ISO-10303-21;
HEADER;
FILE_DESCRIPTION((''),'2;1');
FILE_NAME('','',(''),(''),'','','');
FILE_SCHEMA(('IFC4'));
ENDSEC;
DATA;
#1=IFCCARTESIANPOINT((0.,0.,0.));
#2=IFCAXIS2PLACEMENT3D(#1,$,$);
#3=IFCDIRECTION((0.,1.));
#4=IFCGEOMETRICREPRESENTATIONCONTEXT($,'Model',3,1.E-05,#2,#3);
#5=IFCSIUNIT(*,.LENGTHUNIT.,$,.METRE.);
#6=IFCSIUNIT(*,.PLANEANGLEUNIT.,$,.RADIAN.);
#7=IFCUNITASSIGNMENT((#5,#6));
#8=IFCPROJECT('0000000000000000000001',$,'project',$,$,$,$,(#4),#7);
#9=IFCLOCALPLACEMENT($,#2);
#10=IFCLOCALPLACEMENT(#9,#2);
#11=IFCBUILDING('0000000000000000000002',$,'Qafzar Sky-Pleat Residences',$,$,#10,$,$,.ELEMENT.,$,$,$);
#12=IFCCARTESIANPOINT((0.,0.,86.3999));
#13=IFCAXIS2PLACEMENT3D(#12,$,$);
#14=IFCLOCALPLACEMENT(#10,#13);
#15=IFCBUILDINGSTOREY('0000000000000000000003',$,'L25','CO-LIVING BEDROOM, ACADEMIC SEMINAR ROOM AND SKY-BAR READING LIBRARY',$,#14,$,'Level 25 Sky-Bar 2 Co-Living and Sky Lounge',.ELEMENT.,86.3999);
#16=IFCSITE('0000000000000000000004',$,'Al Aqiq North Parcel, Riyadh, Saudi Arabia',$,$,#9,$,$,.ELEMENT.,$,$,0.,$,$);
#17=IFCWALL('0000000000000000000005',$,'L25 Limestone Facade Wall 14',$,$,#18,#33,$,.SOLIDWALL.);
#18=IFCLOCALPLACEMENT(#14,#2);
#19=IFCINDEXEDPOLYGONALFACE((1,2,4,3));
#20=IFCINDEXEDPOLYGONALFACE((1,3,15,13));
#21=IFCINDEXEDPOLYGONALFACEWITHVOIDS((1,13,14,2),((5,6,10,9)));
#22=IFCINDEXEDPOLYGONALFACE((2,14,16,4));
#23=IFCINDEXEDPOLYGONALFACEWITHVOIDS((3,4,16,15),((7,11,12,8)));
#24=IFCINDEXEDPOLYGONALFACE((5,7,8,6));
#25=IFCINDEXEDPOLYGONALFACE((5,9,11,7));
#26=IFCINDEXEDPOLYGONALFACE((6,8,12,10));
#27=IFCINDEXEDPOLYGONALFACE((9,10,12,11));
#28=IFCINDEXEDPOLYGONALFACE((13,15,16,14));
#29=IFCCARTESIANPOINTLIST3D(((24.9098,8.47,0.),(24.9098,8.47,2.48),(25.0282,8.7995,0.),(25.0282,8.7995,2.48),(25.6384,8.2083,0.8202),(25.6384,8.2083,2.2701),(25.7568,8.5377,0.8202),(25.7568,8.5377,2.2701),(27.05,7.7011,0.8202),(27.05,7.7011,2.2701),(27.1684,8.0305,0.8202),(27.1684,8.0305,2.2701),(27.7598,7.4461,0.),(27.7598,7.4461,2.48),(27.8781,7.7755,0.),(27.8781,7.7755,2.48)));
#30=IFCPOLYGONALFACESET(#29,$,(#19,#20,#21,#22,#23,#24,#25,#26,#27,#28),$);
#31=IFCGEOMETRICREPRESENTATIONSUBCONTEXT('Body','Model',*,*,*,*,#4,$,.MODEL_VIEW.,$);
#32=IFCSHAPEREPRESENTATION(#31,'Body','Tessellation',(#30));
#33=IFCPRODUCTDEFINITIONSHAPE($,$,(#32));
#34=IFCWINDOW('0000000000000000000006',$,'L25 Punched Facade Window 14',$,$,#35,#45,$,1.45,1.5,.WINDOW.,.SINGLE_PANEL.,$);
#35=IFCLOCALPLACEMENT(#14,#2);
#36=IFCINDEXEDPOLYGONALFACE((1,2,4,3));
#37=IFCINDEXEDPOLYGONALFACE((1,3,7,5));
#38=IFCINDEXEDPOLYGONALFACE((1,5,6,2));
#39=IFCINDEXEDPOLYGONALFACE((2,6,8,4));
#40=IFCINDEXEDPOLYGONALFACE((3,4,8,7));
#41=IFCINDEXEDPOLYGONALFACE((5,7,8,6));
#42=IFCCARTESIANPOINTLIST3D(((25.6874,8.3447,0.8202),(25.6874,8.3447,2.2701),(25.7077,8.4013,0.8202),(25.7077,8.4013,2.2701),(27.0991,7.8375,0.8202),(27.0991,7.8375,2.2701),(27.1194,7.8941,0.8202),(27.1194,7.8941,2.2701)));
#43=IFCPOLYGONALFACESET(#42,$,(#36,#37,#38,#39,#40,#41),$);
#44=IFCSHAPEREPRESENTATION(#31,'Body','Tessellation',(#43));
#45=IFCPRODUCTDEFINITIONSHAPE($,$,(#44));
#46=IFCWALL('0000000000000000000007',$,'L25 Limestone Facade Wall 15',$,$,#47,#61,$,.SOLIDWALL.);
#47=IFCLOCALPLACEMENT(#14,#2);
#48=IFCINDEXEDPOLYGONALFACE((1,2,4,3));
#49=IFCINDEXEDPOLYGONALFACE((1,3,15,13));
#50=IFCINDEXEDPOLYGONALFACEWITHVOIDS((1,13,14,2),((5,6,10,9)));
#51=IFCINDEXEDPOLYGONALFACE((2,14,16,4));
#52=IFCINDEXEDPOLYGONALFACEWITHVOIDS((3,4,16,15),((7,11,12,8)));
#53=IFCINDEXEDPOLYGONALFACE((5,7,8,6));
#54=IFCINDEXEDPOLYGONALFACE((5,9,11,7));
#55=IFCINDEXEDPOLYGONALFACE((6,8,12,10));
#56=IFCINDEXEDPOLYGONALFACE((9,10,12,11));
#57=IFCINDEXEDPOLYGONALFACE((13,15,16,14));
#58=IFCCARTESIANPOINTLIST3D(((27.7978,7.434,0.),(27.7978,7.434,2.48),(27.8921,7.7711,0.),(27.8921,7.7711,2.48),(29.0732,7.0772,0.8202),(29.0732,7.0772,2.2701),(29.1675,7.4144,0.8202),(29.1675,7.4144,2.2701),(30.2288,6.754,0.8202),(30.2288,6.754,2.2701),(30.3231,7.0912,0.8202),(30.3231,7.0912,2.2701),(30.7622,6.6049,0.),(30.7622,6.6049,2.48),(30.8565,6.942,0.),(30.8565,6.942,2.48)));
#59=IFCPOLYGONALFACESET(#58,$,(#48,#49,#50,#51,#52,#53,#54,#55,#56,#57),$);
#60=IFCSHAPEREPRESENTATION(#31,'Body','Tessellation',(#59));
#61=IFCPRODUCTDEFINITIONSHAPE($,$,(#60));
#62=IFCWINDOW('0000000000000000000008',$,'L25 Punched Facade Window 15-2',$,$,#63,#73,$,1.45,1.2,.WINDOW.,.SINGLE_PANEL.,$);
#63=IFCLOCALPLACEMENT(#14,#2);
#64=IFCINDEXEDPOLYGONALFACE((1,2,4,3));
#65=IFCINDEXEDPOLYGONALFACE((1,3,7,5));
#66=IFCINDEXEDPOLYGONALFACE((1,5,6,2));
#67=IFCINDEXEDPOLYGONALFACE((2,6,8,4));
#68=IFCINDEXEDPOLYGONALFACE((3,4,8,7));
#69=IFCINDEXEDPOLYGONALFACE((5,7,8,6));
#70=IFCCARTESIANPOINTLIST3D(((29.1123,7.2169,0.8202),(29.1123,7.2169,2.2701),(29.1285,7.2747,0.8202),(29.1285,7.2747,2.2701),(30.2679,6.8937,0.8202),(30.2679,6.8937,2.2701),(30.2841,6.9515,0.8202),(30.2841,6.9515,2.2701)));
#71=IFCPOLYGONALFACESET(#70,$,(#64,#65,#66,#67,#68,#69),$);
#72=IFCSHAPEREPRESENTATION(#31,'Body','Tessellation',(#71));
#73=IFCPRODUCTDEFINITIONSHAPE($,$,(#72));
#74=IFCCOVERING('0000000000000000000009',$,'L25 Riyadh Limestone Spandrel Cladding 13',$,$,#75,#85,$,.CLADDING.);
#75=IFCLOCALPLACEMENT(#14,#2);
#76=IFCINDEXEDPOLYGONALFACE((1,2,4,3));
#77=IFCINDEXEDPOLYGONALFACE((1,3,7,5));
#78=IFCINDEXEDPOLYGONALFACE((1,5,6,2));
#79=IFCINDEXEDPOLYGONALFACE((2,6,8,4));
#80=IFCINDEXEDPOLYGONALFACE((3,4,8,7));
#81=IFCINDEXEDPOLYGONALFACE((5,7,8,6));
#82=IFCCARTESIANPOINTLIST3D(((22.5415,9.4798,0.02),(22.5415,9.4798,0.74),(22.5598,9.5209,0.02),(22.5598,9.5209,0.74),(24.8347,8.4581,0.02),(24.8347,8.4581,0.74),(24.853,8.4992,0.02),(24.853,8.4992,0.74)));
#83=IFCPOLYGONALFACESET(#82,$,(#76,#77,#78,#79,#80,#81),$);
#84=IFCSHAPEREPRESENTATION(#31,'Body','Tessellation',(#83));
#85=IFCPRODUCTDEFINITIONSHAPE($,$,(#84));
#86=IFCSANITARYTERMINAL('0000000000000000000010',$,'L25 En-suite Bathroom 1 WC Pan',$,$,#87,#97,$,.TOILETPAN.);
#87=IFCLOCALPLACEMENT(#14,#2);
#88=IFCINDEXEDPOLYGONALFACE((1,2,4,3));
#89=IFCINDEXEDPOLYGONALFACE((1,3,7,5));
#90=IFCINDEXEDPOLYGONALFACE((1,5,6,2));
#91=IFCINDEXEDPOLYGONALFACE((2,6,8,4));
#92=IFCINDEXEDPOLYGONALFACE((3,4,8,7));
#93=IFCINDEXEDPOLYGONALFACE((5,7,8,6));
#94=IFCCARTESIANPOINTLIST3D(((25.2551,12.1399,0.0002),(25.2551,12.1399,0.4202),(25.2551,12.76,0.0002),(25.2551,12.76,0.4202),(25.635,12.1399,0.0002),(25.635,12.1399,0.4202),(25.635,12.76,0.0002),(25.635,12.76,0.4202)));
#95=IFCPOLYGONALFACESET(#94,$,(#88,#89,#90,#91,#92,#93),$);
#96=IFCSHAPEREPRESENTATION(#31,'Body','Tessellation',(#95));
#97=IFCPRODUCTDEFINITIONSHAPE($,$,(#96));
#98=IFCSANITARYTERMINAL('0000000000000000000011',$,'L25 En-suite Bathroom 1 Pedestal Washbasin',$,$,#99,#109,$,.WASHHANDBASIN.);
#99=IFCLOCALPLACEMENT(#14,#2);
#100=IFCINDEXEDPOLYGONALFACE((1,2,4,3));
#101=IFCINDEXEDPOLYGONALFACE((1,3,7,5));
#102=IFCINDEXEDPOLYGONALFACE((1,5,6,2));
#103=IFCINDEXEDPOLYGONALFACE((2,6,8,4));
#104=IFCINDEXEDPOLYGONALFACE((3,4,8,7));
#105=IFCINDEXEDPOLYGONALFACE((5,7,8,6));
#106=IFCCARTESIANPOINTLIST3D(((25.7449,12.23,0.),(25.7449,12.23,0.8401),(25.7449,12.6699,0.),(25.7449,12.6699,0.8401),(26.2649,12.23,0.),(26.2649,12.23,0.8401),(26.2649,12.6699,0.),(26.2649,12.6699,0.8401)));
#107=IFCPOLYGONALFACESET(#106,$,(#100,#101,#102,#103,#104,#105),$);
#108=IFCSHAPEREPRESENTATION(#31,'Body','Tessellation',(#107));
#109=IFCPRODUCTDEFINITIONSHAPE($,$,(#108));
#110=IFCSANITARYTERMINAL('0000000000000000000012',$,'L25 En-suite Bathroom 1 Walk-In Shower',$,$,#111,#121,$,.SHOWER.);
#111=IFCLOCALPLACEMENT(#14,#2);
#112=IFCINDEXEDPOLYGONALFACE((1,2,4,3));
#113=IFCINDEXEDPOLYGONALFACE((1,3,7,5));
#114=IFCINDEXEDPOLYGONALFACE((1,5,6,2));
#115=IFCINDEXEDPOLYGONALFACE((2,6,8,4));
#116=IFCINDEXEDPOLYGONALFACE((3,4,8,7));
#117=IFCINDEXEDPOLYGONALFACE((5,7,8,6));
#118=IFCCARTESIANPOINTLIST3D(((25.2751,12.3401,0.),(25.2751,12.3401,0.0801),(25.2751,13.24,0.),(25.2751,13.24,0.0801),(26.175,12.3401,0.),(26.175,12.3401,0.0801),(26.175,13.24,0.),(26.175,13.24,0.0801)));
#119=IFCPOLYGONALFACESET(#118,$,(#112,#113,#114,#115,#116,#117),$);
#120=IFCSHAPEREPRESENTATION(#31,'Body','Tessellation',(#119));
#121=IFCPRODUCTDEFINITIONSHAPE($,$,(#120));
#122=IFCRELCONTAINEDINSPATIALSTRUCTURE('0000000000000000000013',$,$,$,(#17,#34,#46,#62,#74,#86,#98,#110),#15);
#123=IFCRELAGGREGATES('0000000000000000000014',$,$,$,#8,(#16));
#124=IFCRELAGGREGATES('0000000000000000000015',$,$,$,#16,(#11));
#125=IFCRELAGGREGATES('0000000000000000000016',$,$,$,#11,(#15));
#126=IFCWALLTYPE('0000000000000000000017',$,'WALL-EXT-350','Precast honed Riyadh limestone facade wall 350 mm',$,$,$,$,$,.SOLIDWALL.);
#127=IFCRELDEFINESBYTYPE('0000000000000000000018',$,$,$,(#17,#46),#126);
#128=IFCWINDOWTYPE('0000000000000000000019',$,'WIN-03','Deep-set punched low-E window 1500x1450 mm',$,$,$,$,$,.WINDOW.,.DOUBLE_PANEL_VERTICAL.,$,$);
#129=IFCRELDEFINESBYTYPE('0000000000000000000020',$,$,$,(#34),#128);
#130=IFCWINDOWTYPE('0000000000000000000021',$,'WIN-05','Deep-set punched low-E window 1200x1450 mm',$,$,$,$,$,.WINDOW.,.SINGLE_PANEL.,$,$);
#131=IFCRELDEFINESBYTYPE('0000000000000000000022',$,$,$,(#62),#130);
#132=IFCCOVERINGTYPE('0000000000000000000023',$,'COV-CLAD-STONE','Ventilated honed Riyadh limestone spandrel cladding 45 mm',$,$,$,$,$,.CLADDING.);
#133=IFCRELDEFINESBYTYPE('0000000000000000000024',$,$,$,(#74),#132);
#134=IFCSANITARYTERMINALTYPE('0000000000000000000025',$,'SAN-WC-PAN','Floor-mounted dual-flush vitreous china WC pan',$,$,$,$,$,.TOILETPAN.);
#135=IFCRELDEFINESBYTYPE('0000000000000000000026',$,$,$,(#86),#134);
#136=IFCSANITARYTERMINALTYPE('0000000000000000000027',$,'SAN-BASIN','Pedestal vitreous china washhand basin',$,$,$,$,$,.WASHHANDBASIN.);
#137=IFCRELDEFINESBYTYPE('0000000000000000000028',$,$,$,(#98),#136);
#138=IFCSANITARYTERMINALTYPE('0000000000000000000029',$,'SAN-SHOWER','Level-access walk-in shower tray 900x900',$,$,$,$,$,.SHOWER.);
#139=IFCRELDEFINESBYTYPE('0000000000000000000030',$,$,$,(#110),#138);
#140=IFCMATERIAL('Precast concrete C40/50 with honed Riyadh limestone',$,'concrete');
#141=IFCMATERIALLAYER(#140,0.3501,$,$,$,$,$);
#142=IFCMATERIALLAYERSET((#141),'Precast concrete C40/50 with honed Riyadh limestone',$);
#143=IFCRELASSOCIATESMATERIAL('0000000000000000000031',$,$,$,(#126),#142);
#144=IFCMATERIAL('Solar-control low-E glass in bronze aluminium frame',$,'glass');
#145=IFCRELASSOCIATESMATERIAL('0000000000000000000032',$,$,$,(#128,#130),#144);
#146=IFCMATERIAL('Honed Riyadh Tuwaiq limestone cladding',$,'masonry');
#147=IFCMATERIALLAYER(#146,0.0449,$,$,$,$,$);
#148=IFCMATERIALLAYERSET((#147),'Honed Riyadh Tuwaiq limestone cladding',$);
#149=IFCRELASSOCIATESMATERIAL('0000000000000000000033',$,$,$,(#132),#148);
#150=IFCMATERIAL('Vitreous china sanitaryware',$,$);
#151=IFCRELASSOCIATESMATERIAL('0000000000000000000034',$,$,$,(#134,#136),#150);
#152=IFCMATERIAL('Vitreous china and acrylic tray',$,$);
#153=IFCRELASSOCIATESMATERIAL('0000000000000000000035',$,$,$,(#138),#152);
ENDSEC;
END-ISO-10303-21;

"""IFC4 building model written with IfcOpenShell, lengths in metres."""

from ifc_helpers import new_model, si_unit, direction, frame, frame_2d, origin, origin_2d, place, context, subcontext, project, spatial, rectangle, extrude, source, transform, mapped, material, layer, layer_set, type_object, element, fill, save


model = new_model("IFC4")

# Units and contexts
model_context = context("Model", 3, precision=1e-05, world=origin(), true_north=direction((0.0, 1.0)))
body_context = subcontext(model_context, "Body", "Model", "MODEL_VIEW")
ifc_project = project(units=[si_unit("LENGTHUNIT", "METRE"), si_unit("PLANEANGLEUNIT", "RADIAN")], contexts=[model_context])

# Site, building, storey
site_placement = place(None, origin())
site = spatial("IfcSite", under=ifc_project, at=site_placement, Name="Al Aqiq North Parcel, Riyadh, Saudi Arabia", CompositionType="ELEMENT", RefElevation=0.0)
building_placement = place(site_placement, origin())
building = spatial("IfcBuilding", under=site, at=building_placement, Name="Qafzar Sky-Pleat Residences", CompositionType="ELEMENT")
storey_placement = place(building_placement, frame((0.0, 0.0, 86.3999)))
storey = spatial("IfcBuildingStorey", under=building, at=storey_placement, Name="L25", Description="CO-LIVING BEDROOM, ACADEMIC SEMINAR ROOM AND SKY-BAR READING LIBRARY", LongName="Level 25 Sky-Bar 2 Co-Living and Sky Lounge", CompositionType="ELEMENT", Elevation=86.3999)

# Walls, openings, windows
ifc_material_1 = material(Name="Precast concrete C40/50 with honed Riyadh limestone", Category="concrete")
ifc_layer_1 = layer(ifc_material_1, 0.3501)
ifc_layer_set_1 = layer_set([ifc_layer_1], Name="Precast concrete C40/50 with honed Riyadh limestone")
wall_type_1 = type_object("IfcWallType", Name="WALL-EXT-350", Description="Precast honed Riyadh limestone facade wall 350 mm", PredefinedType="SOLIDWALL", material=ifc_layer_set_1)
ifc_material_2 = material(Name="Solar-control low-E glass in bronze aluminium frame", Category="glass")
window_type_1 = type_object("IfcWindowType", Name="WIN-03", Description="Deep-set punched low-E window 1500x1450 mm", PartitioningType="DOUBLE_PANEL_VERTICAL", PredefinedType="WINDOW", material=ifc_material_2)
shared_shape_1 = source(origin(), body_context, "Body", "SweptSolid", [
    extrude(rectangle(XDim=1.5, YDim=1.45, at=frame_2d((0.75, 0.7251))), frame((0.0, 0.03, 0.0), z_axis=(0.0, -1.0, 0.0), x_axis=(1.0, 0.0, 0.0)), (0.0, 0.0, 1.0), 0.0601),
])
wall_1_placement = place(storey_placement, frame((24.969, 8.6348, 0.0), z_axis=(0.0, 0.0, 1.0), x_axis=(0.9411, -0.338128, 0.0)))
wall_1 = element("IfcWall", 1, at=wall_1_placement, inside=storey, type_object=wall_type_1, Name="L25 Limestone Facade Wall 14", PredefinedType="SOLIDWALL", context=body_context, shape_type="SweptSolid", body=[
    extrude(rectangle(XDim=3.0283, YDim=0.3501, at=frame_2d((1.5142, 0.0))), origin(), (0.0, 0.0, 1.0), 2.48),
])
opening_1_placement = place(wall_1_placement, frame((0.7742, 0.0, 0.8201)))
opening_1 = element("IfcOpeningElement", 2, at=opening_1_placement, cuts=wall_1, PredefinedType="OPENING", context=body_context, shape_type="SweptSolid", body=[
    extrude(rectangle(XDim=1.5, YDim=1.45, at=frame_2d((0.75, 0.7251))), frame((0.0, 0.1851, 0.0), z_axis=(0.0, -1.0, 0.0), x_axis=(1.0, 0.0, 0.0)), (0.0, 0.0, 1.0), 0.3701),
])
window_1_placement = place(opening_1_placement, origin())
window_1 = element("IfcWindow", 3, at=window_1_placement, inside=storey, type_object=window_type_1, Name="L25 Punched Facade Window 14", OverallHeight=1.45, OverallWidth=1.5, PartitioningType="SINGLE_PANEL", PredefinedType="WINDOW", context=body_context, shape_type="MappedRepresentation", body=[
    mapped(shared_shape_1, transform((0.0, 0.0, 0.0), x_axis=(1.0, 0.0, 0.0), y_axis=(0.0, 1.0, 0.0), z_axis=(0.0, 0.0, 1.0), scale=1.0)),
])
fill(opening_1, window_1)
wall_2_placement = place(storey_placement, frame((27.845, 7.6025, 0.0), z_axis=(0.0, 0.0, 1.0), x_axis=(0.963041, -0.269353, 0.0)))
wall_2 = element("IfcWall", 4, at=wall_2_placement, inside=storey, type_object=wall_type_1, Name="L25 Limestone Facade Wall 15", PredefinedType="SOLIDWALL", context=body_context, shape_type="SweptSolid", body=[
    extrude(rectangle(XDim=3.0781, YDim=0.3501, at=frame_2d((1.5391, 0.0))), origin(), (0.0, 0.0, 1.0), 2.48),
])
opening_2_placement = place(wall_2_placement, frame((1.3242, 0.0, 0.8201)))
opening_2 = element("IfcOpeningElement", 5, at=opening_2_placement, cuts=wall_2, PredefinedType="OPENING", context=body_context, shape_type="SweptSolid", body=[
    extrude(rectangle(XDim=1.2, YDim=1.45, at=frame_2d((0.6001, 0.7251))), frame((0.0, 0.1851, 0.0), z_axis=(0.0, -1.0, 0.0), x_axis=(1.0, 0.0, 0.0)), (0.0, 0.0, 1.0), 0.3701),
])
window_type_2 = type_object("IfcWindowType", Name="WIN-05", Description="Deep-set punched low-E window 1200x1450 mm", PartitioningType="SINGLE_PANEL", PredefinedType="WINDOW", material=ifc_material_2)
shared_shape_2 = source(origin(), body_context, "Body", "SweptSolid", [
    extrude(rectangle(XDim=1.2, YDim=1.45, at=frame_2d((0.6001, 0.7251))), frame((0.0, 0.03, 0.0), z_axis=(0.0, -1.0, 0.0), x_axis=(1.0, 0.0, 0.0)), (0.0, 0.0, 1.0), 0.0601),
])
window_2_placement = place(opening_2_placement, origin())
window_2 = element("IfcWindow", 6, at=window_2_placement, inside=storey, type_object=window_type_2, Name="L25 Punched Facade Window 15-2", OverallHeight=1.45, OverallWidth=1.2, PartitioningType="SINGLE_PANEL", PredefinedType="WINDOW", context=body_context, shape_type="MappedRepresentation", body=[
    mapped(shared_shape_2, transform((0.0, 0.0, 0.0), x_axis=(1.0, 0.0, 0.0), y_axis=(0.0, 1.0, 0.0), z_axis=(0.0, 0.0, 1.0), scale=1.0)),
])
fill(opening_2, window_2)

# Covering
ifc_material_3 = material(Name="Honed Riyadh Tuwaiq limestone cladding", Category="masonry")
ifc_layer_2 = layer(ifc_material_3, 0.0449)
ifc_layer_set_2 = layer_set([ifc_layer_2], Name="Honed Riyadh Tuwaiq limestone cladding")
covering_type = type_object("IfcCoveringType", Name="COV-CLAD-STONE", Description="Ventilated honed Riyadh limestone spandrel cladding 45 mm", PredefinedType="CLADDING", material=ifc_layer_set_2)
shared_shape_3 = source(origin(), body_context, "Body", "SweptSolid", [
    extrude(rectangle(XDim=2.5105, YDim=0.0449, at=origin_2d()), origin(), (0.0, 0.0, 1.0), 0.72),
])
covering_placement = place(storey_placement, frame((23.6973, 8.9895, 0.02), z_axis=(0.0, 0.0, 1.0), x_axis=(0.913437, -0.40698, 0.0)))
element("IfcCovering", 7, at=covering_placement, inside=storey, type_object=covering_type, Name="L25 Riyadh Limestone Spandrel Cladding 13", PredefinedType="CLADDING", context=body_context, shape_type="MappedRepresentation", body=[
    mapped(shared_shape_3, transform((0.0, 0.0, 0.0), x_axis=(1.0, 0.0, 0.0), y_axis=(0.0, 1.0, 0.0), z_axis=(0.0, 0.0, 1.0), scale=1.0)),
])

# Sanitary terminals
ifc_material_4 = material(Name="Vitreous china sanitaryware")
sanitary_terminal_type_1 = type_object("IfcSanitaryTerminalType", Name="SAN-WC-PAN", Description="Floor-mounted dual-flush vitreous china WC pan", PredefinedType="TOILETPAN", material=ifc_material_4)
shared_shape_4 = source(origin(), body_context, "Body", "SweptSolid", [
    extrude(rectangle(XDim=0.3799, YDim=0.6201, at=origin_2d()), origin(), (0.0, 0.0, 1.0), 0.4199),
])
sanitary_terminal_1_placement = place(storey_placement, frame((25.4451, 12.45, 0.0002), z_axis=(0.0, 0.0, 1.0), x_axis=(1.0, 0.0, 0.0)))
element("IfcSanitaryTerminal", 8, at=sanitary_terminal_1_placement, inside=storey, type_object=sanitary_terminal_type_1, Name="L25 En-suite Bathroom 1 WC Pan", PredefinedType="TOILETPAN", context=body_context, shape_type="MappedRepresentation", body=[
    mapped(shared_shape_4, transform((0.0, 0.0, 0.0), x_axis=(1.0, 0.0, 0.0), y_axis=(0.0, 1.0, 0.0), z_axis=(0.0, 0.0, 1.0), scale=1.0)),
])
sanitary_terminal_type_2 = type_object("IfcSanitaryTerminalType", Name="SAN-BASIN", Description="Pedestal vitreous china washhand basin", PredefinedType="WASHHANDBASIN", material=ifc_material_4)
shared_shape_5 = source(origin(), body_context, "Body", "SweptSolid", [
    extrude(rectangle(XDim=0.52, YDim=0.4399, at=origin_2d()), origin(), (0.0, 0.0, 1.0), 0.8401),
])
sanitary_terminal_2_placement = place(storey_placement, frame((26.0049, 12.45, 0.0), z_axis=(0.0, 0.0, 1.0), x_axis=(1.0, 0.0, 0.0)))
element("IfcSanitaryTerminal", 9, at=sanitary_terminal_2_placement, inside=storey, type_object=sanitary_terminal_type_2, Name="L25 En-suite Bathroom 1 Pedestal Washbasin", PredefinedType="WASHHANDBASIN", context=body_context, shape_type="MappedRepresentation", body=[
    mapped(shared_shape_5, transform((0.0, 0.0, 0.0), x_axis=(1.0, 0.0, 0.0), y_axis=(0.0, 1.0, 0.0), z_axis=(0.0, 0.0, 1.0), scale=1.0)),
])
ifc_material_5 = material(Name="Vitreous china and acrylic tray")
sanitary_terminal_type_3 = type_object("IfcSanitaryTerminalType", Name="SAN-SHOWER", Description="Level-access walk-in shower tray 900x900", PredefinedType="SHOWER", material=ifc_material_5)
shared_shape_6 = source(origin(), body_context, "Body", "SweptSolid", [
    extrude(rectangle(XDim=0.8999, YDim=0.8999, at=origin_2d()), origin(), (0.0, 0.0, 1.0), 0.0801),
])
sanitary_terminal_3_placement = place(storey_placement, frame((25.7251, 12.79, 0.0), z_axis=(0.0, 0.0, 1.0), x_axis=(1.0, 0.0, 0.0)))
element("IfcSanitaryTerminal", 10, at=sanitary_terminal_3_placement, inside=storey, type_object=sanitary_terminal_type_3, Name="L25 En-suite Bathroom 1 Walk-In Shower", PredefinedType="SHOWER", context=body_context, shape_type="MappedRepresentation", body=[
    mapped(shared_shape_6, transform((0.0, 0.0, 0.0), x_axis=(1.0, 0.0, 0.0), y_axis=(0.0, 1.0, 0.0), z_axis=(0.0, 0.0, 1.0), scale=1.0)),
])

save(model, "model.ifc")
